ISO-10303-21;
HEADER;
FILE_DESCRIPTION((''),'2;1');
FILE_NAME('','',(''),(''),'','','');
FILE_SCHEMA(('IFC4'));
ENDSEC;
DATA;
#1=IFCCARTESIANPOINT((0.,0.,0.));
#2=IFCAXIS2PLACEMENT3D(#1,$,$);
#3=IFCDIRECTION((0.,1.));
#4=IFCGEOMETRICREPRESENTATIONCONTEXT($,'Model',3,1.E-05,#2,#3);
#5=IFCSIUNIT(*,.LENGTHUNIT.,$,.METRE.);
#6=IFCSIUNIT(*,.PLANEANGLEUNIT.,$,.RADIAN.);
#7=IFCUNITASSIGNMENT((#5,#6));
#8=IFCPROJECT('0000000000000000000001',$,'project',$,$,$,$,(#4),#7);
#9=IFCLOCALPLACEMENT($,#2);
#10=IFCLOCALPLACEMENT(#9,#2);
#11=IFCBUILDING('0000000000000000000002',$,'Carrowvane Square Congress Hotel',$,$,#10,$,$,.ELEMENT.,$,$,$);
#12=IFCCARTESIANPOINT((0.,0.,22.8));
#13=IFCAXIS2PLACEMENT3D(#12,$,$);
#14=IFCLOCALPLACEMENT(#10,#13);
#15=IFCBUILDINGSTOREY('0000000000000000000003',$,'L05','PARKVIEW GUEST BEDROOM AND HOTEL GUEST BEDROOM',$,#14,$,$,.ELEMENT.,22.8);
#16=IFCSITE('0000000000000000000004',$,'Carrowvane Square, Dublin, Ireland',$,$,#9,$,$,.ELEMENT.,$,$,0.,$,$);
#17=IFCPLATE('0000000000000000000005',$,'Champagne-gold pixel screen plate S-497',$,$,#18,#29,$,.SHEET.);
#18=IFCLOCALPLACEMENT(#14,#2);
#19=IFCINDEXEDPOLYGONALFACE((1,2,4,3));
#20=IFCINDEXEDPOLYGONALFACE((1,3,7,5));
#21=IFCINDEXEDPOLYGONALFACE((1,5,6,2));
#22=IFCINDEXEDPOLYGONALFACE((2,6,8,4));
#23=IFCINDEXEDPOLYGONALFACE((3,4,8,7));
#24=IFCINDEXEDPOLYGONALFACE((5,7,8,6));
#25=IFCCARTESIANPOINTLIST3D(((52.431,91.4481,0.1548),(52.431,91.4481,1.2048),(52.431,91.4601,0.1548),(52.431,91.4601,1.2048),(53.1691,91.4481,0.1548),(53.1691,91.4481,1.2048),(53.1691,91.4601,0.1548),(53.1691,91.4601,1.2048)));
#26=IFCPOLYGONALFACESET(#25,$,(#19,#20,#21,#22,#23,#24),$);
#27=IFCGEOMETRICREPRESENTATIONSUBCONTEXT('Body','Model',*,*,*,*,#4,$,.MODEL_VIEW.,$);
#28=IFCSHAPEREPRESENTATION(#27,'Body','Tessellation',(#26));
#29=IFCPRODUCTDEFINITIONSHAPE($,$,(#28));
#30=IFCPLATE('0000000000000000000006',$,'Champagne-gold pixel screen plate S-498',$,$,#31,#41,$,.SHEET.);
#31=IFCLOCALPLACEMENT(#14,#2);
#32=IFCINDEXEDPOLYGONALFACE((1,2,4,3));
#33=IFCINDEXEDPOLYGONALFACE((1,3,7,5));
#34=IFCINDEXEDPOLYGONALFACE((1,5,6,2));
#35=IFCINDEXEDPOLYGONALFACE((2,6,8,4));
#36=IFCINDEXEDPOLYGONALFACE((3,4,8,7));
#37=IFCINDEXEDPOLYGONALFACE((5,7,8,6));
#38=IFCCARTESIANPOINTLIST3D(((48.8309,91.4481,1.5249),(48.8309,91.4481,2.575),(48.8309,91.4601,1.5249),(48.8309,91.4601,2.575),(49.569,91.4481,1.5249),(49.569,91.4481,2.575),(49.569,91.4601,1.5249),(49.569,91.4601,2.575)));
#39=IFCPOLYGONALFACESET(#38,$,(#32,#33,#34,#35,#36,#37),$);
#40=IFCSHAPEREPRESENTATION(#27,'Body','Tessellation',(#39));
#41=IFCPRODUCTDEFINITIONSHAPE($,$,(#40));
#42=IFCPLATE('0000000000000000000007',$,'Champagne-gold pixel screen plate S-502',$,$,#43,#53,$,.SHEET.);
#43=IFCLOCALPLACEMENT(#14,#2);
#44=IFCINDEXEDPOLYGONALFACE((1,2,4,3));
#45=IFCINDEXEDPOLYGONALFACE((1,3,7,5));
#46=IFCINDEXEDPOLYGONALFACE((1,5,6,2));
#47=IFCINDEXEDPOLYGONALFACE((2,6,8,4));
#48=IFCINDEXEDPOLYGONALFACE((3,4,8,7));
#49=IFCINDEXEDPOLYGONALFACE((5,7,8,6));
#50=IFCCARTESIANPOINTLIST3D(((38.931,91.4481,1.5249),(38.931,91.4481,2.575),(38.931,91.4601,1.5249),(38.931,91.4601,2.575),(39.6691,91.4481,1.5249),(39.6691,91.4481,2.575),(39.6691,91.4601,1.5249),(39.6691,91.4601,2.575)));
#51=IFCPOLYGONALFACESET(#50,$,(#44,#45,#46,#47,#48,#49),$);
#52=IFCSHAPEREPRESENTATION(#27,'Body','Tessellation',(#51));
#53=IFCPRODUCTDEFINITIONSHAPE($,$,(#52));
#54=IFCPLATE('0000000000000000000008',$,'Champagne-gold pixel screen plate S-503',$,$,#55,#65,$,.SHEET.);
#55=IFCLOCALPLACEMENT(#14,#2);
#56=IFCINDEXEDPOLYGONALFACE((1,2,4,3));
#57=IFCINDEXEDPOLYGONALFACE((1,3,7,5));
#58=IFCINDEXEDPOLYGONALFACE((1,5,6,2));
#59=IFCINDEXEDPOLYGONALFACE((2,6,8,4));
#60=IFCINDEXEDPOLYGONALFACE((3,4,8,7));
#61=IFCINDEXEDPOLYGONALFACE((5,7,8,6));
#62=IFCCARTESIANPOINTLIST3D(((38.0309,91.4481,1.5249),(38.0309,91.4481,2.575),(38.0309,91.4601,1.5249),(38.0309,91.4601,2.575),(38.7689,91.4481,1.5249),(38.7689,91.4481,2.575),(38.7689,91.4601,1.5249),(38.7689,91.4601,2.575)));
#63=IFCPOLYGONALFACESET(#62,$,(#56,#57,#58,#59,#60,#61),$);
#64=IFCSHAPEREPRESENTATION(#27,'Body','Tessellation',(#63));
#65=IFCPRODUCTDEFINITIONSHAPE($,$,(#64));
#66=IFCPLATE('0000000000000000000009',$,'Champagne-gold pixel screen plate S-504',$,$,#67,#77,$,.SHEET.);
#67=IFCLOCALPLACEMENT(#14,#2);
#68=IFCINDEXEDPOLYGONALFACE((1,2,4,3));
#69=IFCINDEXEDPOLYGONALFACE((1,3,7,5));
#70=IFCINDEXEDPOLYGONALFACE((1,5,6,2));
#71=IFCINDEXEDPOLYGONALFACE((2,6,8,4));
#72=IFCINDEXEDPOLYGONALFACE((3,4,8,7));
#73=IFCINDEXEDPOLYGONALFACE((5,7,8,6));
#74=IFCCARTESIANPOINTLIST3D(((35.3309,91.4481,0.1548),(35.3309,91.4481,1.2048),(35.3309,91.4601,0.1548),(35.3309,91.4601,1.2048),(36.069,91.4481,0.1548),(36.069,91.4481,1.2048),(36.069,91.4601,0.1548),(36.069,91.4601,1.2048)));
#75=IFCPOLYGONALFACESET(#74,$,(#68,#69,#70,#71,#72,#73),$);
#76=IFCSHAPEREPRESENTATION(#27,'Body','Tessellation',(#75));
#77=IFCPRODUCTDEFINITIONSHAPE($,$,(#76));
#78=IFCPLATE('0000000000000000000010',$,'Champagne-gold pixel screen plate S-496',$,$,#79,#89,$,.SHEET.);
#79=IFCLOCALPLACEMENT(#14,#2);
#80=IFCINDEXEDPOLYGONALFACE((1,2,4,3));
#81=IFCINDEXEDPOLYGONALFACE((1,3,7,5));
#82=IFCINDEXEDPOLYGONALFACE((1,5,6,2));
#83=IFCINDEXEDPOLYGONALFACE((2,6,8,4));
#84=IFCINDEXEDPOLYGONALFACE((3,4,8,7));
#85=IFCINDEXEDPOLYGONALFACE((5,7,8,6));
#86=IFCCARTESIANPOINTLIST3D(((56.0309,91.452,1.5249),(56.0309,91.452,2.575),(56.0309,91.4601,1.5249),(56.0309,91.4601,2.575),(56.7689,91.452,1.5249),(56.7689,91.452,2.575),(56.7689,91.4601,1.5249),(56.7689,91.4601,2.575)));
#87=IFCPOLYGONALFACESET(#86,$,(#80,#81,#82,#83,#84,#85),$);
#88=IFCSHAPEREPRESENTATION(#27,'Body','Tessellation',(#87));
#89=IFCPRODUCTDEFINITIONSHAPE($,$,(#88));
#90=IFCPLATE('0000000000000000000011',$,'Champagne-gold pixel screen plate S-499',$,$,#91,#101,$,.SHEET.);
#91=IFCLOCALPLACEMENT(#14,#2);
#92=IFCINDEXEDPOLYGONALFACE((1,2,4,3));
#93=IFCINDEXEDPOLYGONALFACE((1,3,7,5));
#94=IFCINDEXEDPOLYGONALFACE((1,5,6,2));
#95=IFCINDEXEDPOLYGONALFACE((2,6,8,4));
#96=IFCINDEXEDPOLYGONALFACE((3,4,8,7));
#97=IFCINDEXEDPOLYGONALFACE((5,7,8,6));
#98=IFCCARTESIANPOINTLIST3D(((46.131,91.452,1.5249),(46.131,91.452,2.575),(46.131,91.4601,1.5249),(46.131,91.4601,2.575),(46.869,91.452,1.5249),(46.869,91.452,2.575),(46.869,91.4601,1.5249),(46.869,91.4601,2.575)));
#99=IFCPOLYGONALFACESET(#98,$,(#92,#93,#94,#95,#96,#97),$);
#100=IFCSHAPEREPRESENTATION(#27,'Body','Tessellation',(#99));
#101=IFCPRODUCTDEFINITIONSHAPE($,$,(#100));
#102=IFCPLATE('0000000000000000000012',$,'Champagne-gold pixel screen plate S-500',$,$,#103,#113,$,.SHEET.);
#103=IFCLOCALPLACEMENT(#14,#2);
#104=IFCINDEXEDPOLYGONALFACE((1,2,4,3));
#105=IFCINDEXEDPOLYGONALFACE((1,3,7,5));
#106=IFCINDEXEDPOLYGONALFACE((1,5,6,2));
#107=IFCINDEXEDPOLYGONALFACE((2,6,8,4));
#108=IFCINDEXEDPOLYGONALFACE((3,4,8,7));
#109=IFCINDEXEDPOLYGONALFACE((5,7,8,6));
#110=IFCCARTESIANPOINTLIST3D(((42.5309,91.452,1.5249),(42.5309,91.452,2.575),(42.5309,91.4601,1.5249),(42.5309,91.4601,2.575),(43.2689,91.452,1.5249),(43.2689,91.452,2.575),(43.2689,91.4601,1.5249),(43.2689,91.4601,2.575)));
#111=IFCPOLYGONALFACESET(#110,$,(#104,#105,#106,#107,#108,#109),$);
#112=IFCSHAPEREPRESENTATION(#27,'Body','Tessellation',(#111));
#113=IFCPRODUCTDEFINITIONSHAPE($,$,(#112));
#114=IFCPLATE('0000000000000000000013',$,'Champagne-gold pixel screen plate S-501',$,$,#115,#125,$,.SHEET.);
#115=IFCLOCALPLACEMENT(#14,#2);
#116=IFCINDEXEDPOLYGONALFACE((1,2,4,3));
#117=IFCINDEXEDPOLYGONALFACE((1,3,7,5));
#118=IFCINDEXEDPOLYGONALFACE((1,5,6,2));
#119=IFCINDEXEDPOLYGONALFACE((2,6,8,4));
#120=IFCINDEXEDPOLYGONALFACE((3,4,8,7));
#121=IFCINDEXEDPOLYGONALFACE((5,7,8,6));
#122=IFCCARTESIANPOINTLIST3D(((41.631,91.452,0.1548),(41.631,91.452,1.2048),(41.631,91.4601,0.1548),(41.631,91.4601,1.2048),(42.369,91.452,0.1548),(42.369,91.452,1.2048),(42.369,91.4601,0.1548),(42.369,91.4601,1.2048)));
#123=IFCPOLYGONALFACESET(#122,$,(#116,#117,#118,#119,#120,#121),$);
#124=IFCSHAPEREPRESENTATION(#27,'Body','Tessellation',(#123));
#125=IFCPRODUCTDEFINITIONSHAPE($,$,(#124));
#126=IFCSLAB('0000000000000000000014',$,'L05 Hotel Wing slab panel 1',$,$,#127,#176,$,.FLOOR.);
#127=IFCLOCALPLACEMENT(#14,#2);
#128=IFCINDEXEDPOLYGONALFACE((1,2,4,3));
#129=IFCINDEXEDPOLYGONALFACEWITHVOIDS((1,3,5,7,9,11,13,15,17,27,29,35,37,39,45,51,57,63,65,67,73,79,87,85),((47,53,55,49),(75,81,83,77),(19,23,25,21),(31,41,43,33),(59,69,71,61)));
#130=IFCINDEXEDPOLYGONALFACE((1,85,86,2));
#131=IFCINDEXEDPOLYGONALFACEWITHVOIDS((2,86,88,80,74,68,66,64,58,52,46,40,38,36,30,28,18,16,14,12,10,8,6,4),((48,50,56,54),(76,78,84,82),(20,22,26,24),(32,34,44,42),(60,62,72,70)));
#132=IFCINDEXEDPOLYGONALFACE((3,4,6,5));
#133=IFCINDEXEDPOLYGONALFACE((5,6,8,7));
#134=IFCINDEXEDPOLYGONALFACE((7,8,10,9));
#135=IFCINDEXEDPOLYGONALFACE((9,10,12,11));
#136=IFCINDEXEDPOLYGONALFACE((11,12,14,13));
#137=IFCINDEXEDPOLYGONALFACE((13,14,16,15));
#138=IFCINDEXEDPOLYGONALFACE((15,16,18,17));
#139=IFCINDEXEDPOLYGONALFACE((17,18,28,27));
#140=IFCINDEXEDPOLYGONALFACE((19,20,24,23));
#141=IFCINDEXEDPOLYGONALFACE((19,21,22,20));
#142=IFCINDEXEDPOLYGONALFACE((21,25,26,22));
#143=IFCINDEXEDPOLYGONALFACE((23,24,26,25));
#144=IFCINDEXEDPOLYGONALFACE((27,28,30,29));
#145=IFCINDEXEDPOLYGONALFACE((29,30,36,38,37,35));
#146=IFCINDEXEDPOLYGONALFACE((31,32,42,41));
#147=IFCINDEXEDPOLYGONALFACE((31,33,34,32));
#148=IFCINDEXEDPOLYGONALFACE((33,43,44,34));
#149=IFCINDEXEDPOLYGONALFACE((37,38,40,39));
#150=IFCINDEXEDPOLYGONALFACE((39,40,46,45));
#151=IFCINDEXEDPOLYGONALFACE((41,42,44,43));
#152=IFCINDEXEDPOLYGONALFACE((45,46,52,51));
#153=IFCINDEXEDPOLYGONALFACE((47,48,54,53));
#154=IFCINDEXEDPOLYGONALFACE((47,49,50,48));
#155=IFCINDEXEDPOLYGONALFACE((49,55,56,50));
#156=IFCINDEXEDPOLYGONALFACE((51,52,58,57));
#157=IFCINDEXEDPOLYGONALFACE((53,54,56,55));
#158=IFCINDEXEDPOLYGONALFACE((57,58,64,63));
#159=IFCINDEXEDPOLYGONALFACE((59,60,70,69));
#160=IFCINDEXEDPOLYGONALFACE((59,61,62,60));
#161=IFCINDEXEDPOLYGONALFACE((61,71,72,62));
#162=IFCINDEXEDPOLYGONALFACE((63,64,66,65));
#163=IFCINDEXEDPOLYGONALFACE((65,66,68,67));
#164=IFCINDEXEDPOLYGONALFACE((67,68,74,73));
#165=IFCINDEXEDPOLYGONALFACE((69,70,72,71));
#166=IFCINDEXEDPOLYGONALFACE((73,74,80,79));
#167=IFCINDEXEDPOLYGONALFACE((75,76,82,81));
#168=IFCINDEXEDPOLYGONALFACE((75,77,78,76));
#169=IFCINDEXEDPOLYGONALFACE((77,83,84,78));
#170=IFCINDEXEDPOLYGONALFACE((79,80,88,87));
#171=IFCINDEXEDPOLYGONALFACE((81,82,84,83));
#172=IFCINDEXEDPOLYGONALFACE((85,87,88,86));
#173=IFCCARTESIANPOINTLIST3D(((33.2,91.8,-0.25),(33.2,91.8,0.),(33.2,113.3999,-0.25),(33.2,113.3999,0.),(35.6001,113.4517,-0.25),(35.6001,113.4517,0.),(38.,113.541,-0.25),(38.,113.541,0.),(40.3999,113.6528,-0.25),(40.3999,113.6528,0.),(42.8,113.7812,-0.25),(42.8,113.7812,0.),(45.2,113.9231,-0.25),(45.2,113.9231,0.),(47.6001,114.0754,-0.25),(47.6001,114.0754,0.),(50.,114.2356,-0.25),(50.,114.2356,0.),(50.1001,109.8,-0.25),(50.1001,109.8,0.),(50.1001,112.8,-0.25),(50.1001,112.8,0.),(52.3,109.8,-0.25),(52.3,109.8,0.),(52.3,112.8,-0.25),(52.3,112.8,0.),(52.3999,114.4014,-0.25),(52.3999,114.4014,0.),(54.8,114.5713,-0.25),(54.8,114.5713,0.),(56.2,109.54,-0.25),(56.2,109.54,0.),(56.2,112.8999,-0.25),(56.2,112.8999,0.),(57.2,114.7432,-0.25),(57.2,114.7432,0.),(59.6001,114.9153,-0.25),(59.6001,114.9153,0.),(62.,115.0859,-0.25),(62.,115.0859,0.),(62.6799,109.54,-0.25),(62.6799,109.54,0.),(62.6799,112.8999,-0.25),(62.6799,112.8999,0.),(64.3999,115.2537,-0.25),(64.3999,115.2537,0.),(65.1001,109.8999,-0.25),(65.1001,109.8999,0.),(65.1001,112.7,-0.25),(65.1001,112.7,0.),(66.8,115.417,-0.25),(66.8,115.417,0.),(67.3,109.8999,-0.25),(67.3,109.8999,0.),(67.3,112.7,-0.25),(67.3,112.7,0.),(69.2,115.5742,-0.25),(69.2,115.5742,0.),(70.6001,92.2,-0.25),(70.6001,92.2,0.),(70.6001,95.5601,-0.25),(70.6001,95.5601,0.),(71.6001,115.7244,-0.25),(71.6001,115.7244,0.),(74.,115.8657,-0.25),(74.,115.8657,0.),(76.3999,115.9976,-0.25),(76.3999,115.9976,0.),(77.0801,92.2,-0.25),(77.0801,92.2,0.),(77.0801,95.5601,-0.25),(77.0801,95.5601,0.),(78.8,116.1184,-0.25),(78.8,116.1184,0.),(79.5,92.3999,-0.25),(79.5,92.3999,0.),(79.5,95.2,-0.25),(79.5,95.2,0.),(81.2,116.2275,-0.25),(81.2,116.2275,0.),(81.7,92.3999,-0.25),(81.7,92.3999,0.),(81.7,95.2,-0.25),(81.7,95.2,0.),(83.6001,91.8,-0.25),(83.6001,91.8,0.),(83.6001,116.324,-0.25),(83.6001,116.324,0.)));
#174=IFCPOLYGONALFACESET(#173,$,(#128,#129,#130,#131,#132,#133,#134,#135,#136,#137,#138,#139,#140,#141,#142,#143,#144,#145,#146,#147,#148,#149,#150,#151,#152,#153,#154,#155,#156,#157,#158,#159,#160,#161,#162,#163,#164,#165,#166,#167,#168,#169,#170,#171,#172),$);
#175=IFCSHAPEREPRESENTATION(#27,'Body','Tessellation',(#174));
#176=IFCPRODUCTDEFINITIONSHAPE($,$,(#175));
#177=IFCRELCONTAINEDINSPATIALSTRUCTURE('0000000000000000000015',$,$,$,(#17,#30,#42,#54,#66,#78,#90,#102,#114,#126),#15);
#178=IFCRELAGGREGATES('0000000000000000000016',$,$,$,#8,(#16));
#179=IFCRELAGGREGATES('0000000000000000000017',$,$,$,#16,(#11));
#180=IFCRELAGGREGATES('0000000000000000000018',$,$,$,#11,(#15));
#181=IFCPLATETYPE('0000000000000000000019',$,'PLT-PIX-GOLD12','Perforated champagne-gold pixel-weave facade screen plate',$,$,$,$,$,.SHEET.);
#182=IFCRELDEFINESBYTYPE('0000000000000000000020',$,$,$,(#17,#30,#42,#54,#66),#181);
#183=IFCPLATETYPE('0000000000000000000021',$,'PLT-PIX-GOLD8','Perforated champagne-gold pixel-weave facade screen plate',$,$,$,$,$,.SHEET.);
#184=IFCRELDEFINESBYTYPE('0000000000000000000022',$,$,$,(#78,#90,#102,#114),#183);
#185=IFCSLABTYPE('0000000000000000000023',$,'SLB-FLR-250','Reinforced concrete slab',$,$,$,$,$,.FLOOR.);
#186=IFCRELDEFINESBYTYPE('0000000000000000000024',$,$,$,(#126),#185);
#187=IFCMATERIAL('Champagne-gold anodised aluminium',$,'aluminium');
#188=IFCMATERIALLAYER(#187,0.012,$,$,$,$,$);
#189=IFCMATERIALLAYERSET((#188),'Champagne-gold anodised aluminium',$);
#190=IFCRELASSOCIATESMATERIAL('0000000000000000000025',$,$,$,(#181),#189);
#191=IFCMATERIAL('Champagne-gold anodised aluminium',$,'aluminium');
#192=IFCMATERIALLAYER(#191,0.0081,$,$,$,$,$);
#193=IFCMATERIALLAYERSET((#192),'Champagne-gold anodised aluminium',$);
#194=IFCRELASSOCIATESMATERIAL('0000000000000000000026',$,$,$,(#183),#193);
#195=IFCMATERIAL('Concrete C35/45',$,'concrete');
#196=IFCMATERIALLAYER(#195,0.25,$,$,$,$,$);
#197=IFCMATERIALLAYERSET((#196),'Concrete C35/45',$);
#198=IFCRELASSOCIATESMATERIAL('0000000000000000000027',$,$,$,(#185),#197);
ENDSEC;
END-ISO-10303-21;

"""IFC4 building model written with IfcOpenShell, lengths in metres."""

from ifc_helpers import new_model, si_unit, direction, frame, origin, origin_2d, place, context, subcontext, project, spatial, polyline, rectangle, outline, extrude, material, layer, layer_set, type_object, element, save


model = new_model("IFC4")

# Units and contexts
model_context = context("Model", 3, precision=1e-05, world=origin(), true_north=direction((0.0, 1.0)))
body_context = subcontext(model_context, "Body", "Model", "MODEL_VIEW")
ifc_project = project(units=[si_unit("LENGTHUNIT", "METRE"), si_unit("PLANEANGLEUNIT", "RADIAN")], contexts=[model_context])

# Site, building, storey
site_placement = place(None, origin())
site = spatial("IfcSite", under=ifc_project, at=site_placement, Name="Carrowvane Square, Dublin, Ireland", CompositionType="ELEMENT", RefElevation=0.0)
building_placement = place(site_placement, origin())
building = spatial("IfcBuilding", under=site, at=building_placement, Name="Carrowvane Square Congress Hotel", CompositionType="ELEMENT")
storey_placement = place(building_placement, frame((0.0, 0.0, 22.8)))
storey = spatial("IfcBuildingStorey", under=building, at=storey_placement, Name="L05", Description="PARKVIEW GUEST BEDROOM AND HOTEL GUEST BEDROOM", CompositionType="ELEMENT", Elevation=22.8)

# Plates
ifc_material_1 = material(Name="Champagne-gold anodised aluminium", Category="aluminium")
ifc_layer_1 = layer(ifc_material_1, 0.012)
ifc_layer_set_1 = layer_set([ifc_layer_1], Name="Champagne-gold anodised aluminium")
plate_type_1 = type_object("IfcPlateType", Name="PLT-PIX-GOLD12", Description="Perforated champagne-gold pixel-weave facade screen plate", PredefinedType="SHEET", material=ifc_layer_set_1)
for number, where, z_axis, x_axis, name in (
    (1, (52.8, 91.4541, 0.1548), (0.0, 0.0, 1.0), (-1.0, 0.0, 0.0), "Champagne-gold pixel screen plate S-497"),
    (2, (49.2, 91.4541, 1.5249), (0.0, 0.0, 1.0), (-1.0, 0.0, 0.0), "Champagne-gold pixel screen plate S-498"),
    (3, (39.3, 91.4541, 1.5249), (0.0, 0.0, 1.0), (-1.0, 0.0, 0.0), "Champagne-gold pixel screen plate S-502"),
    (4, (38.3999, 91.4541, 1.5249), (0.0, 0.0, 1.0), (-1.0, 0.0, 0.0), "Champagne-gold pixel screen plate S-503"),
    (5, (35.7, 91.4541, 0.1548), (0.0, 0.0, 1.0), (-1.0, 0.0, 0.0), "Champagne-gold pixel screen plate S-504"),
):
    element("IfcPlate", number, at=place(storey_placement, frame(where, z_axis=z_axis, x_axis=x_axis)), inside=storey, type_object=plate_type_1, Name=name, PredefinedType="SHEET", context=body_context, shape_type="SweptSolid", body=[
        extrude(rectangle(XDim=0.738, YDim=0.012, at=origin_2d()), origin(), (0.0, 0.0, 1.0), 1.05),
    ])
ifc_material_2 = material(Name="Champagne-gold anodised aluminium", Category="aluminium")
ifc_layer_2 = layer(ifc_material_2, 0.0081)
ifc_layer_set_2 = layer_set([ifc_layer_2], Name="Champagne-gold anodised aluminium")
plate_type_2 = type_object("IfcPlateType", Name="PLT-PIX-GOLD8", Description="Perforated champagne-gold pixel-weave facade screen plate", PredefinedType="SHEET", material=ifc_layer_set_2)
for number, where, z_axis, x_axis, name in (
    (6, (56.3999, 91.4561, 1.5249), (0.0, 0.0, 1.0), (-1.0, 0.0, 0.0), "Champagne-gold pixel screen plate S-496"),
    (7, (46.5, 91.4561, 1.5249), (0.0, 0.0, 1.0), (-1.0, 0.0, 0.0), "Champagne-gold pixel screen plate S-499"),
    (8, (42.8999, 91.4561, 1.5249), (0.0, 0.0, 1.0), (-1.0, 0.0, 0.0), "Champagne-gold pixel screen plate S-500"),
    (9, (42.0, 91.4561, 0.1548), (0.0, 0.0, 1.0), (-1.0, 0.0, 0.0), "Champagne-gold pixel screen plate S-501"),
):
    element("IfcPlate", number, at=place(storey_placement, frame(where, z_axis=z_axis, x_axis=x_axis)), inside=storey, type_object=plate_type_2, Name=name, PredefinedType="SHEET", context=body_context, shape_type="SweptSolid", body=[
        extrude(rectangle(XDim=0.738, YDim=0.0081, at=origin_2d()), origin(), (0.0, 0.0, 1.0), 1.05),
    ])

# Slab
ifc_material_3 = material(Name="Concrete C35/45", Category="concrete")
ifc_layer_3 = layer(ifc_material_3, 0.25)
ifc_layer_set_3 = layer_set([ifc_layer_3], Name="Concrete C35/45")
slab_type_1 = type_object("IfcSlabType", Name="SLB-FLR-250", Description="Reinforced concrete slab", PredefinedType="FLOOR", material=ifc_layer_set_3)
slab_1_placement = place(storey_placement, frame((0.0, 0.0, -0.25)))
element("IfcSlab", 10, at=slab_1_placement, inside=storey, type_object=slab_type_1, Name="L05 Hotel Wing slab panel 1", PredefinedType="FLOOR", context=body_context, shape_type="SweptSolid", body=[
    extrude(outline(polyline([(33.2, 91.8), (83.6001, 91.8), (83.6001, 116.324), (81.2, 116.2275), (78.8, 116.1184), (76.3999, 115.9976), (74.0, 115.8657), (71.6001, 115.7244), (69.2, 115.5742), (66.8, 115.417), (64.3999, 115.2537), (62.0, 115.0859), (59.6001, 114.9153), (57.2, 114.7432), (54.8, 114.5713), (52.3999, 114.4014), (50.0, 114.2356), (47.6001, 114.0754), (45.2, 113.9231), (42.8, 113.7812), (40.3999, 113.6528), (38.0, 113.541), (35.6001, 113.4517), (33.2, 113.3999), (33.2, 91.8)]), holes=[polyline([(62.6799, 112.8999), (56.2, 112.8999), (56.2, 109.54), (62.6799, 109.54), (62.6799, 112.8999)]), polyline([(77.0801, 95.5601), (70.6001, 95.5601), (70.6001, 92.2), (77.0801, 92.2), (77.0801, 95.5601)]), polyline([(65.1001, 109.8999), (67.3, 109.8999), (67.3, 112.7), (65.1001, 112.7), (65.1001, 109.8999)]), polyline([(79.5, 92.3999), (81.7, 92.3999), (81.7, 95.2), (79.5, 95.2), (79.5, 92.3999)]), polyline([(50.1001, 109.8), (52.3, 109.8), (52.3, 112.8), (50.1001, 112.8), (50.1001, 109.8)])]), origin(), (0.0, 0.0, 1.0), 0.25),
])

save(model, "model.ifc")
